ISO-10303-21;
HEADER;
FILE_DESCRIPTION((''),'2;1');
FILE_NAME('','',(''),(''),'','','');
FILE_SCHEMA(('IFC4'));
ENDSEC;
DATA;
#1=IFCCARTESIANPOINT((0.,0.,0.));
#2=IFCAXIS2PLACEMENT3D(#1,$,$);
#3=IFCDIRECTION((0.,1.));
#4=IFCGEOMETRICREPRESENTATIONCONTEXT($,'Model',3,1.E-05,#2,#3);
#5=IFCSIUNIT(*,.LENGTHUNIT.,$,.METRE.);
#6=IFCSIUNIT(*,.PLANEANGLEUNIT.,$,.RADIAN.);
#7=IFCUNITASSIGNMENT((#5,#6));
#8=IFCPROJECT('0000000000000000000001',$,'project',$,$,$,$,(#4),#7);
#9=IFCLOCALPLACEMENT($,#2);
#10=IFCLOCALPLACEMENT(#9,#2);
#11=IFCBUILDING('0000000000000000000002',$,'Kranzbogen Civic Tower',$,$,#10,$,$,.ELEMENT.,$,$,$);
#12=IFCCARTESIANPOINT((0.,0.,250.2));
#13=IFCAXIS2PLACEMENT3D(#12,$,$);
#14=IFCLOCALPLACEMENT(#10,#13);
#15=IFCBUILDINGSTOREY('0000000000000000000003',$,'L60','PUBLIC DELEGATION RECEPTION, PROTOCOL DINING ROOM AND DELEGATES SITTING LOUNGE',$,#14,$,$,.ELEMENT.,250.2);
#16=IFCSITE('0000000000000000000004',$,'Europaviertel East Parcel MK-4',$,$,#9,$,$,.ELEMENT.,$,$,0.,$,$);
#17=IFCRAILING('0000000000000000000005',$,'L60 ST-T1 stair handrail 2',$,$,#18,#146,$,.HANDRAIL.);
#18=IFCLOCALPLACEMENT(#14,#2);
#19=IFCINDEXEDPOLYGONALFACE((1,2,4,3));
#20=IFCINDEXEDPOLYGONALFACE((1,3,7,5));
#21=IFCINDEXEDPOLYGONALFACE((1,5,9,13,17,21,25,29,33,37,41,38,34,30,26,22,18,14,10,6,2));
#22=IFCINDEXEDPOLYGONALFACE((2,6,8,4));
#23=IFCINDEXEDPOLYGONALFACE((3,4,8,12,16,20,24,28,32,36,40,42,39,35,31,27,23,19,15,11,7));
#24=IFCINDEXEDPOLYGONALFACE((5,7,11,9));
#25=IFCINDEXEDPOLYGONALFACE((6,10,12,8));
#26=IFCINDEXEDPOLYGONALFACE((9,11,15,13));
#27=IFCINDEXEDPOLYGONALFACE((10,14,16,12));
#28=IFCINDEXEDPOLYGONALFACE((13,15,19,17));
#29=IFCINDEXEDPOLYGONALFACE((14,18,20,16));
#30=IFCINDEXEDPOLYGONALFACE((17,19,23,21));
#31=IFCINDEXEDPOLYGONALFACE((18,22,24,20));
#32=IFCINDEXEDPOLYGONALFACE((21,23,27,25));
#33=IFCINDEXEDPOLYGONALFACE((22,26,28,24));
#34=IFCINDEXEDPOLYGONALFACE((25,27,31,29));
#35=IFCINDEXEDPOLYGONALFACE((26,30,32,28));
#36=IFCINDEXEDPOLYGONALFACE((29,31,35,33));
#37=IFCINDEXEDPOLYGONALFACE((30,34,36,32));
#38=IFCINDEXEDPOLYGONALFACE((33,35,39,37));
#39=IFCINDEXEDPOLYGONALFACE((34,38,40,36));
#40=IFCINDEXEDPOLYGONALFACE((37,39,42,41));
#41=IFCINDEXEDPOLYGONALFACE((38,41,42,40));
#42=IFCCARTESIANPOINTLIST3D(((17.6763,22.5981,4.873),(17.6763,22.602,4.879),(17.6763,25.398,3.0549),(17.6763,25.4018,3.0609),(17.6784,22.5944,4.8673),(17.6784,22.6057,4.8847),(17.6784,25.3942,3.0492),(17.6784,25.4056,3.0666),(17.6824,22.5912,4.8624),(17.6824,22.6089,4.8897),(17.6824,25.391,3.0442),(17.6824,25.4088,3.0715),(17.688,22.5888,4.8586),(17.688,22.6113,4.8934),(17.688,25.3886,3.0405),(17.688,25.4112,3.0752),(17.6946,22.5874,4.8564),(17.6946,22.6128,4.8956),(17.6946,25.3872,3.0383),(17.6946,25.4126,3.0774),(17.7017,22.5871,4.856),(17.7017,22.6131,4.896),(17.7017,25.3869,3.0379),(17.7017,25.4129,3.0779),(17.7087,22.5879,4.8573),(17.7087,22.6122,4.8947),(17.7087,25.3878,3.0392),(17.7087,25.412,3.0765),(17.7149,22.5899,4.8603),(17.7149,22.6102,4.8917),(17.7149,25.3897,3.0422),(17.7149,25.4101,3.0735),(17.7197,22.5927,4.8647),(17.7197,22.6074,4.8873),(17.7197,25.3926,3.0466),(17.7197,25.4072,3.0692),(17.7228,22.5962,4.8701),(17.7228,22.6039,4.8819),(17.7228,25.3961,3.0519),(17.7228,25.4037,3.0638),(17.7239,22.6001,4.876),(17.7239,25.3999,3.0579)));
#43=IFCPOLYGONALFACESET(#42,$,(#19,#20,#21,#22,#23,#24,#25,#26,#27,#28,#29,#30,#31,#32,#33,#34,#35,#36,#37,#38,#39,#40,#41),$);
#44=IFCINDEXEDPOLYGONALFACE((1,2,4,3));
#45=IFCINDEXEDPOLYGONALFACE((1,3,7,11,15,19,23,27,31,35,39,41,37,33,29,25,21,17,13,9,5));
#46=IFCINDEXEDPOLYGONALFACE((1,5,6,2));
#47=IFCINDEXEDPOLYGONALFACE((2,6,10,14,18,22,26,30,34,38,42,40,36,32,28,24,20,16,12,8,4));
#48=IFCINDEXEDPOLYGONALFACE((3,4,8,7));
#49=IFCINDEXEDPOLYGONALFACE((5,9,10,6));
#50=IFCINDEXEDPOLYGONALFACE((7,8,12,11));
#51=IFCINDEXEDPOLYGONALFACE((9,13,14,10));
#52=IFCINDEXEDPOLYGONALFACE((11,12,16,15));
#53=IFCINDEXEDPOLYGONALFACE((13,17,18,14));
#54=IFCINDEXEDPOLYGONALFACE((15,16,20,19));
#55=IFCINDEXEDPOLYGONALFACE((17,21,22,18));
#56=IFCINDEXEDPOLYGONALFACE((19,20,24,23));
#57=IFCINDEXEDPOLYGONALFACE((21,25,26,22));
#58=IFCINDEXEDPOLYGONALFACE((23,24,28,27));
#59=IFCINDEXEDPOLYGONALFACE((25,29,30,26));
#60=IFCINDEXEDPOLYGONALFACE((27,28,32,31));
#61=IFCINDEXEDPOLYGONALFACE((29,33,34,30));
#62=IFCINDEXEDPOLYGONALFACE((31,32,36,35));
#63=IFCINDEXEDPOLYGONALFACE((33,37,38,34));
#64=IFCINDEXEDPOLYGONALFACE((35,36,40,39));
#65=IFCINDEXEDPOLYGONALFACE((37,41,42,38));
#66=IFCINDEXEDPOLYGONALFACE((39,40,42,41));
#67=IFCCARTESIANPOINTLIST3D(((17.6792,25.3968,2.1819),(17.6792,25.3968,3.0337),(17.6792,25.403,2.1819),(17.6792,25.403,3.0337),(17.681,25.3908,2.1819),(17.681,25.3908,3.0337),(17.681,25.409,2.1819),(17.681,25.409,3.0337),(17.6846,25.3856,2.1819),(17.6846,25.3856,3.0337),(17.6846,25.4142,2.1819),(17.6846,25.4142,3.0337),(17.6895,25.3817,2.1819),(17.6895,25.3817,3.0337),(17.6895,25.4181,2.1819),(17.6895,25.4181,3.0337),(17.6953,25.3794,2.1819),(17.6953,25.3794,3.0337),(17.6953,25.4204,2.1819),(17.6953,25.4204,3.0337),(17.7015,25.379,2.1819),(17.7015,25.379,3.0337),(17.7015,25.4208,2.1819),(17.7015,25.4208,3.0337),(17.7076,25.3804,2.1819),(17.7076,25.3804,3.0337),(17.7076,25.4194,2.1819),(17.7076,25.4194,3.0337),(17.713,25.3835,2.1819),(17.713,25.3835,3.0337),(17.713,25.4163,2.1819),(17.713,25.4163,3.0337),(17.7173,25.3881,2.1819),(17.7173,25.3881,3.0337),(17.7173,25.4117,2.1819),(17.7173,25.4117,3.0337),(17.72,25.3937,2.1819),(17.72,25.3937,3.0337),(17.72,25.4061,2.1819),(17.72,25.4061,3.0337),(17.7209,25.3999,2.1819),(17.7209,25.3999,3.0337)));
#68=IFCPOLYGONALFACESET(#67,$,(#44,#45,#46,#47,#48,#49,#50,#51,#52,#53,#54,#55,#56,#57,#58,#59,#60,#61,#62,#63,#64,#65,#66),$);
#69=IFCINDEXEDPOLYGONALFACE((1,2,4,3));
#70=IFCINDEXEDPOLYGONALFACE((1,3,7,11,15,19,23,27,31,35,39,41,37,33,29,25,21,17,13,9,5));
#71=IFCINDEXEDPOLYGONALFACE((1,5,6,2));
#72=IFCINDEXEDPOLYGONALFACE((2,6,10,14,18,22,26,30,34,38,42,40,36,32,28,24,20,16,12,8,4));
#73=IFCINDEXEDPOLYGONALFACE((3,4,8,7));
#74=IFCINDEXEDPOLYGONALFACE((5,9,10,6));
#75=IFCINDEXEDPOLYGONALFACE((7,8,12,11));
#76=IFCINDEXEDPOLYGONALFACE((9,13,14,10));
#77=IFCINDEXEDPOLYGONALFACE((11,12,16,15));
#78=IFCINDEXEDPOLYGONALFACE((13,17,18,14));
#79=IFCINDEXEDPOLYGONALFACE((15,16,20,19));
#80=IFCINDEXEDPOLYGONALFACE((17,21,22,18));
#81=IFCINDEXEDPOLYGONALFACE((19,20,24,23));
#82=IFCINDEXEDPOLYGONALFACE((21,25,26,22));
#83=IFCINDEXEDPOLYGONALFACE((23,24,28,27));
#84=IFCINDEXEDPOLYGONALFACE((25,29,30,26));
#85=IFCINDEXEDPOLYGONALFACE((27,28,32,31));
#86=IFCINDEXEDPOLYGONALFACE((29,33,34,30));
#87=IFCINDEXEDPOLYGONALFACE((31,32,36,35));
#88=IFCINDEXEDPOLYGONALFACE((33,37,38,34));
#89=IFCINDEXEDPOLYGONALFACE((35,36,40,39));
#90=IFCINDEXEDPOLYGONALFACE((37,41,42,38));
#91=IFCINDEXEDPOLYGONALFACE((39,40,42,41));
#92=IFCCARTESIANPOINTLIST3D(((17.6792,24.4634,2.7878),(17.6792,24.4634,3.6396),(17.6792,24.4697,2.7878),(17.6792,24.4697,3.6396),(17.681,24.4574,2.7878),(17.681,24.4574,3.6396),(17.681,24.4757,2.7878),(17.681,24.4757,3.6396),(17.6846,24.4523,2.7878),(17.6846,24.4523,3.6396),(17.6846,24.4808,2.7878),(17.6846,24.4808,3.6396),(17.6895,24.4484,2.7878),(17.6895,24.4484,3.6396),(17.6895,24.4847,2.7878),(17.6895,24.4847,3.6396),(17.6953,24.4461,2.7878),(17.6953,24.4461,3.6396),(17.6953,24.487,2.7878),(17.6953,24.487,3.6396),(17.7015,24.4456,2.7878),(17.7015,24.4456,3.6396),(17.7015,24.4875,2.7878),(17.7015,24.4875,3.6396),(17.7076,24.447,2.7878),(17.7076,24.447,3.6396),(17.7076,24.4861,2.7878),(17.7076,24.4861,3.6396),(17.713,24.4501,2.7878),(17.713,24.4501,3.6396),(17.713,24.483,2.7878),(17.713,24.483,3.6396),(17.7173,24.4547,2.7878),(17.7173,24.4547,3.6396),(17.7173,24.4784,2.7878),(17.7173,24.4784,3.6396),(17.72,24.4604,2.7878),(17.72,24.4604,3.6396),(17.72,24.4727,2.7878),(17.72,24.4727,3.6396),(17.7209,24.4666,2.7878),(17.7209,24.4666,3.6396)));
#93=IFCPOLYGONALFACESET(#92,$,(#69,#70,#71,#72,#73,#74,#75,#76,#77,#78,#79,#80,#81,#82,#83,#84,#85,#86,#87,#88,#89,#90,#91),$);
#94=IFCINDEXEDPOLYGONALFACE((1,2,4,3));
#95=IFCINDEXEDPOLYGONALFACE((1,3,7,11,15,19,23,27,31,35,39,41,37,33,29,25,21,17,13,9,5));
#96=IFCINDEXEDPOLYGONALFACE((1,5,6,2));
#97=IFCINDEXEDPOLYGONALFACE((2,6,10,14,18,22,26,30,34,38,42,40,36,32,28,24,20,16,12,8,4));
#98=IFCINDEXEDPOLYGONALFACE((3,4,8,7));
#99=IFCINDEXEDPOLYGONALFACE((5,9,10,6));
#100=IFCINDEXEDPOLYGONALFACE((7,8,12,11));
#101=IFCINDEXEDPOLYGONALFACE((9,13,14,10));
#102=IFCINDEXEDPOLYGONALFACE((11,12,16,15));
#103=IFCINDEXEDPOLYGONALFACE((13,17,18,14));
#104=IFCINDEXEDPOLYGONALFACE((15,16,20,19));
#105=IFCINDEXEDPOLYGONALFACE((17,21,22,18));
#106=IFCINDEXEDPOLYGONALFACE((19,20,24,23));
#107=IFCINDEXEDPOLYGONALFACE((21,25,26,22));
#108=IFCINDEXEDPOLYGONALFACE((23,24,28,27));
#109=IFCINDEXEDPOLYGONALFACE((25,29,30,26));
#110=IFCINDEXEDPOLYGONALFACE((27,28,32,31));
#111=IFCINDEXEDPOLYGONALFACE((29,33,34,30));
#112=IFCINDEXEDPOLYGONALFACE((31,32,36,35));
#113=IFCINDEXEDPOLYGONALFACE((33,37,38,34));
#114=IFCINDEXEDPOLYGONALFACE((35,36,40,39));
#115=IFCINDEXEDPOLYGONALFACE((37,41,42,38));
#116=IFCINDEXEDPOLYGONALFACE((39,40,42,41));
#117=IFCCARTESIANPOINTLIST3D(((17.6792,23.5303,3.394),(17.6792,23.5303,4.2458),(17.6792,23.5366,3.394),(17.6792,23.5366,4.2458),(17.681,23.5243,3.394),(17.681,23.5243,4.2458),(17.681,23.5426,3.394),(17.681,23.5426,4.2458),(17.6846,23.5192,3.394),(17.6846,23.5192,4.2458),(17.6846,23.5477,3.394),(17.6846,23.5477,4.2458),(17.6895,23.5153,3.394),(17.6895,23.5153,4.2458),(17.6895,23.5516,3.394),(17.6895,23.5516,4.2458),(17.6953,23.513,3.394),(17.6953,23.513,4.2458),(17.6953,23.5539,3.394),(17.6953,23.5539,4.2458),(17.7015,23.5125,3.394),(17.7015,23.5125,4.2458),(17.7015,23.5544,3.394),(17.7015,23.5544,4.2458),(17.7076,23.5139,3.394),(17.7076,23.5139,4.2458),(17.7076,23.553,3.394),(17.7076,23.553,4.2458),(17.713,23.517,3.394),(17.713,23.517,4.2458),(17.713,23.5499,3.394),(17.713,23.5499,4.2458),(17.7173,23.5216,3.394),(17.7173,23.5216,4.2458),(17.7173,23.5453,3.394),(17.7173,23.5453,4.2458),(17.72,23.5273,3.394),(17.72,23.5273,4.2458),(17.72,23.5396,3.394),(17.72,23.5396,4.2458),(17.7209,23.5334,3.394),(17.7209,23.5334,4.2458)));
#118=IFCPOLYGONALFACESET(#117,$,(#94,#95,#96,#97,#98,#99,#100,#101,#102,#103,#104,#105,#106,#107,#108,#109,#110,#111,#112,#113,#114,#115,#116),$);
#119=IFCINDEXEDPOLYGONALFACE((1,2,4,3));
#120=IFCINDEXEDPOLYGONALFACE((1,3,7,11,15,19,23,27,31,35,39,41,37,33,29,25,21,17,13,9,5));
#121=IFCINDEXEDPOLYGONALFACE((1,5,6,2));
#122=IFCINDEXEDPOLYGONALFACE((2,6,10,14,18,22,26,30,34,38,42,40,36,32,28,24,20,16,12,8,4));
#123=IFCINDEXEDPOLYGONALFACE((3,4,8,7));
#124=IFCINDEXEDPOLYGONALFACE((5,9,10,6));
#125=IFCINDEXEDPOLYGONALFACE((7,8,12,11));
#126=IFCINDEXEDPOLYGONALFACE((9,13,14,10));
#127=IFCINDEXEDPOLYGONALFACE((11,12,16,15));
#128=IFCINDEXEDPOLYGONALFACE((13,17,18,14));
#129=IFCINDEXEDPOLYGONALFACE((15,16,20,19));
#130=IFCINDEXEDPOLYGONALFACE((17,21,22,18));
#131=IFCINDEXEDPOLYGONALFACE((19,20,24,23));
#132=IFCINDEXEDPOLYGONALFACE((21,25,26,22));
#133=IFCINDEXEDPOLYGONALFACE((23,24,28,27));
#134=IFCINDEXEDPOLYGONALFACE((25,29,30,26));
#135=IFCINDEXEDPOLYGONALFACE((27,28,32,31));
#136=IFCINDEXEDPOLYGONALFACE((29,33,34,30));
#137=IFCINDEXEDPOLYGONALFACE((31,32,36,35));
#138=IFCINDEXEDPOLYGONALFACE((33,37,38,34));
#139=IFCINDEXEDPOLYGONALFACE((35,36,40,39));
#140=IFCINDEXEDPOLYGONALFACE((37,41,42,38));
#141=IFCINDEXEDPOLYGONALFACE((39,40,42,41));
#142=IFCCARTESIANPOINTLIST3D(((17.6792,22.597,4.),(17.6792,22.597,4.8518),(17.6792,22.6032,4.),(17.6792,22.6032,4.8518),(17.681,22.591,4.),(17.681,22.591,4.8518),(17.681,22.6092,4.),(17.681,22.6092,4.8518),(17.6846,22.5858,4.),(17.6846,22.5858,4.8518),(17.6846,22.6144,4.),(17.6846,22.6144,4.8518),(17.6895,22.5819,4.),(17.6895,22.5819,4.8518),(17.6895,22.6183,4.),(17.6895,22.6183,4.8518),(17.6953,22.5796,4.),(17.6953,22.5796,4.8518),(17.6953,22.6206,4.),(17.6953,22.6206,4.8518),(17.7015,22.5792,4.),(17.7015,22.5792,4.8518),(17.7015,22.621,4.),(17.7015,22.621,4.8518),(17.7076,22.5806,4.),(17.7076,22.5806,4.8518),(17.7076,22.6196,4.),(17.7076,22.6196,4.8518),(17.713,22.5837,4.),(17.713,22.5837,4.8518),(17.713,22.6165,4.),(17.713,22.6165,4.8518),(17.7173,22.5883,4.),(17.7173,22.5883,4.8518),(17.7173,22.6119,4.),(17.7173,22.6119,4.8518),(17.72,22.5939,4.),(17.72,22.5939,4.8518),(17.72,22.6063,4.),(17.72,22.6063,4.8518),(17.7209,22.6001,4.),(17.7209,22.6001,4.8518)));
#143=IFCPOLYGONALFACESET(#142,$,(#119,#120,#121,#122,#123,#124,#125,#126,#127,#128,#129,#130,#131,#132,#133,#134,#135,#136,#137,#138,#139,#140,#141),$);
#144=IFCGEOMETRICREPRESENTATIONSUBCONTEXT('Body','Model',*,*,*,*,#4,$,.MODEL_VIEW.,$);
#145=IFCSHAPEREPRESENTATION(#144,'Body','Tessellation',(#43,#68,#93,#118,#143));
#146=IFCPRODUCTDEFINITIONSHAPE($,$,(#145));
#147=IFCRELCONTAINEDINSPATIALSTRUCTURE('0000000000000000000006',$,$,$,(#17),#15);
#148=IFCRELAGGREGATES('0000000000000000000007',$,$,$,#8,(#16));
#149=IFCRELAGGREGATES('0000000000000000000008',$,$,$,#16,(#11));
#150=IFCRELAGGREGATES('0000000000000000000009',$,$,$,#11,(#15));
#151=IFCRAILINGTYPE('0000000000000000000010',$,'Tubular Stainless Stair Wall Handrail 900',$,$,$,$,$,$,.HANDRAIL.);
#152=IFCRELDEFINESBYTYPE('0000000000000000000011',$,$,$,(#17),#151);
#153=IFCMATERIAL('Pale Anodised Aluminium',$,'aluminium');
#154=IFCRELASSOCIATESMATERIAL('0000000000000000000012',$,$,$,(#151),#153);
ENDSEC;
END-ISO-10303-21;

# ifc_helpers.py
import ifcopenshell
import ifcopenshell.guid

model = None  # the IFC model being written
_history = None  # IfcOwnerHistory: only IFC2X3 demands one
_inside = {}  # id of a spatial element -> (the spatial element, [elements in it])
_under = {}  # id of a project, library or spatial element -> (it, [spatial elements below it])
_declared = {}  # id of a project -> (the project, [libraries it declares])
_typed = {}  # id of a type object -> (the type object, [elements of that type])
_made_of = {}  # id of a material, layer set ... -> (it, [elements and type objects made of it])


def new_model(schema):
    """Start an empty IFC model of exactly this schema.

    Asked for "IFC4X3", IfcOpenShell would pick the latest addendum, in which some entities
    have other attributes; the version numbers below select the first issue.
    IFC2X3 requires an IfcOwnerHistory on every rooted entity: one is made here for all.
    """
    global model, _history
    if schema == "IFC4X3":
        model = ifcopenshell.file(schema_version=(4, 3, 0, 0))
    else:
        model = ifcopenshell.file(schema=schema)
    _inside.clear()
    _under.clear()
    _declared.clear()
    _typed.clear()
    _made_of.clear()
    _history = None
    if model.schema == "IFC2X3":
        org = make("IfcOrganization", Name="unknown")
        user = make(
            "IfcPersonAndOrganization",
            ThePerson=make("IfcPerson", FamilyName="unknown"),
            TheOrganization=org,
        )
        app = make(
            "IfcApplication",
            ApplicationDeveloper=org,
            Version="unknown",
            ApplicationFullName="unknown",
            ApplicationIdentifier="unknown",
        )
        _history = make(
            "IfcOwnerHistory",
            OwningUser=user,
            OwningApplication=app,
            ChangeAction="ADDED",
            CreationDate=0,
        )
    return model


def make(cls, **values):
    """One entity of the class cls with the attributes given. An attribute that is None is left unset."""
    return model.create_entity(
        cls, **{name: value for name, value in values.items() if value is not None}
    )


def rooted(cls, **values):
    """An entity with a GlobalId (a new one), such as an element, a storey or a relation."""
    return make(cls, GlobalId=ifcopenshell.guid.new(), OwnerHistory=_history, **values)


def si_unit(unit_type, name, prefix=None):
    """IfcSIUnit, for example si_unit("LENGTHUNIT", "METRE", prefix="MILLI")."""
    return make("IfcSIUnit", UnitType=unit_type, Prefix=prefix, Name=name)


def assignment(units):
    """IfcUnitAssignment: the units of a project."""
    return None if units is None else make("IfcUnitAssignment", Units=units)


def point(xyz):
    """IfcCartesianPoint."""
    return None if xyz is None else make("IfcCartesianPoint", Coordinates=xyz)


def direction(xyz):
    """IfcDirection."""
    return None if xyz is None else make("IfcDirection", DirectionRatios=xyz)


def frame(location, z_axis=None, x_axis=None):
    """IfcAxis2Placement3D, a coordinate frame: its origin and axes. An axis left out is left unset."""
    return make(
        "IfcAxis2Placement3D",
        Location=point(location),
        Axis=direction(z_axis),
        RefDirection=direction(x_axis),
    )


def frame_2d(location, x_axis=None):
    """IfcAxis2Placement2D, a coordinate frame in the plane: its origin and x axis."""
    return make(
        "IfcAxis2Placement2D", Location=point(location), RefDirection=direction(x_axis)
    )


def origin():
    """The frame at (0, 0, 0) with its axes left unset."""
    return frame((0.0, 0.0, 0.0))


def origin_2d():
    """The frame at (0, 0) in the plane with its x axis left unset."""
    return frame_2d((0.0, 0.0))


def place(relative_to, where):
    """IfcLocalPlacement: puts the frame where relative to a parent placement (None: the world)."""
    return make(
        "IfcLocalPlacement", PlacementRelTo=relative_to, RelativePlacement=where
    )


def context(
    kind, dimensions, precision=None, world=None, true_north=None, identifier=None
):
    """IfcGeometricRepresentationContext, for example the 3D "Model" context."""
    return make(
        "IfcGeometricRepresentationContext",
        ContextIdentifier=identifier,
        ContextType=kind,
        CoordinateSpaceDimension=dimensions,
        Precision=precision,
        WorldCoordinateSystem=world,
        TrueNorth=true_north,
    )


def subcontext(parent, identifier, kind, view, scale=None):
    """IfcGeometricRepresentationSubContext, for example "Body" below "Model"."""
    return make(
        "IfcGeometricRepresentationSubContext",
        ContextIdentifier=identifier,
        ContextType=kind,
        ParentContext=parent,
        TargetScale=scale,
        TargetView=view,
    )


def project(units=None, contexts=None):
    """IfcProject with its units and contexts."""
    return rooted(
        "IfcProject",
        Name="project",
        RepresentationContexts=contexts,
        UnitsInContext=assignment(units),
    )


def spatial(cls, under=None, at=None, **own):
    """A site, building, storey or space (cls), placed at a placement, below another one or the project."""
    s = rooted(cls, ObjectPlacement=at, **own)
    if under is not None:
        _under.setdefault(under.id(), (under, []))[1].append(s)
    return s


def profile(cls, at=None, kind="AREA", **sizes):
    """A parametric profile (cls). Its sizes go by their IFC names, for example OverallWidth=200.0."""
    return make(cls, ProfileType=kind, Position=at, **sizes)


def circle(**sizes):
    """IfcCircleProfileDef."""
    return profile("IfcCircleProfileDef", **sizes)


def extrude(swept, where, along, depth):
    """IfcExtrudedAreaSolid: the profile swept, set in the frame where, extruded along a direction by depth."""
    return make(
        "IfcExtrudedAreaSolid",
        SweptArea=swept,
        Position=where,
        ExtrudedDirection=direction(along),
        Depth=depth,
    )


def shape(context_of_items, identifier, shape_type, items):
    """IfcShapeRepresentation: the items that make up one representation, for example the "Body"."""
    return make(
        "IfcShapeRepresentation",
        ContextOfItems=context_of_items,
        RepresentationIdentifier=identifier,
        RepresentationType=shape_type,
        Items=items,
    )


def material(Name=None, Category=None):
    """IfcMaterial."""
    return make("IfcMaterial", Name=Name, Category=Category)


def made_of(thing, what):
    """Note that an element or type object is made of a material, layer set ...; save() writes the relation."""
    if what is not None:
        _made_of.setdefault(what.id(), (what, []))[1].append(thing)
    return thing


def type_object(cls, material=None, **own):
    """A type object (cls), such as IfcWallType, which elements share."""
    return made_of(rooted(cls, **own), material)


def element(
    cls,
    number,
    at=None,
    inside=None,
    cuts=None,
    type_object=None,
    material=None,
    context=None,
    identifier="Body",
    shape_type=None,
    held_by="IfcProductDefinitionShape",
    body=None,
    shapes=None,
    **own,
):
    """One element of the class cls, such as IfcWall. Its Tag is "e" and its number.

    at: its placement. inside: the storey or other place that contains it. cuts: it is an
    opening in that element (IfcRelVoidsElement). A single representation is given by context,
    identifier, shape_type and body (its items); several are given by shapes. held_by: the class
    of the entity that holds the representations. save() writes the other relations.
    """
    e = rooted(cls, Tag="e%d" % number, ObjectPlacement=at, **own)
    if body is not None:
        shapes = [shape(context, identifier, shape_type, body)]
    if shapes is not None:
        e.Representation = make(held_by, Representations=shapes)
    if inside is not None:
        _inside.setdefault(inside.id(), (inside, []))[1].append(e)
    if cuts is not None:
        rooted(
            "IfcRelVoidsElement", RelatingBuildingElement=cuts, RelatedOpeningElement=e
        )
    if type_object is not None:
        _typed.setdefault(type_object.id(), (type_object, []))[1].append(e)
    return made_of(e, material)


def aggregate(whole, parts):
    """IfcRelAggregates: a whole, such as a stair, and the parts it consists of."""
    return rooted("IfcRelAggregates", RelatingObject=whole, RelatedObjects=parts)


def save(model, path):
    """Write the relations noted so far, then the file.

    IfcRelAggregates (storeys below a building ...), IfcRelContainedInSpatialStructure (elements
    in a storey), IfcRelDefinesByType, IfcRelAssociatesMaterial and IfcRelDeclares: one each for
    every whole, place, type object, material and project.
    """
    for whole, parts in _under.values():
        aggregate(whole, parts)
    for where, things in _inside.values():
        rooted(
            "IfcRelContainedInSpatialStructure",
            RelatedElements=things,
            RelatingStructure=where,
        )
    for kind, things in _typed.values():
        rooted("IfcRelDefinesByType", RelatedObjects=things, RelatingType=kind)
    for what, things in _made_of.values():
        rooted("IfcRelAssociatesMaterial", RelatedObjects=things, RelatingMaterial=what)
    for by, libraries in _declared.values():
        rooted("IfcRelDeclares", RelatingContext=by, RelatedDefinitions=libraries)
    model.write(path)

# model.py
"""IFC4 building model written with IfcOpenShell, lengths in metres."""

from ifc_helpers import new_model, si_unit, direction, frame, origin, origin_2d, place, context, subcontext, project, spatial, circle, extrude, material, type_object, element, save


model = new_model("IFC4")

# Units and contexts
model_context = context("Model", 3, precision=1e-05, world=origin(), true_north=direction((0.0, 1.0)))
body_context = subcontext(model_context, "Body", "Model", "MODEL_VIEW")
ifc_project = project(units=[si_unit("LENGTHUNIT", "METRE"), si_unit("PLANEANGLEUNIT", "RADIAN")], contexts=[model_context])

# Site, building, storey
site_placement = place(None, origin())
site = spatial("IfcSite", under=ifc_project, at=site_placement, Name="Europaviertel East Parcel MK-4", CompositionType="ELEMENT", RefElevation=0.0)
building_placement = place(site_placement, origin())
building = spatial("IfcBuilding", under=site, at=building_placement, Name="Kranzbogen Civic Tower", CompositionType="ELEMENT")
storey_placement = place(building_placement, frame((0.0, 0.0, 250.2)))
storey = spatial("IfcBuildingStorey", under=building, at=storey_placement, Name="L60", Description="PUBLIC DELEGATION RECEPTION, PROTOCOL DINING ROOM AND DELEGATES SITTING LOUNGE", CompositionType="ELEMENT", Elevation=250.2)

# Shared definitions
ifc_material_1 = material(Name="Pale Anodised Aluminium", Category="aluminium")

# Railing
railing_type_1 = type_object("IfcRailingType", Name="Tubular Stainless Stair Wall Handrail 900", PredefinedType="HANDRAIL", material=ifc_material_1)
railing_1_placement = place(storey_placement, frame((17.7, 25.3999, 2.1819)))
element("IfcRailing", 1, at=railing_1_placement, inside=storey, type_object=railing_type_1, Name="L60 ST-T1 stair handrail 2", PredefinedType="HANDRAIL", context=body_context, shape_type="SweptSolid", body=[
    extrude(circle(Radius=0.0239, at=origin_2d()), frame((0.0, 0.0, 0.876), z_axis=(0.0, -0.838684, 0.544618), x_axis=(1.0, 0.0, 0.0)), (0.0, 0.0, 1.0), 3.3384),
    extrude(circle(Radius=0.021, at=origin_2d()), origin(), (0.0, 0.0, 1.0), 0.8518),
    extrude(circle(Radius=0.021, at=origin_2d()), frame((0.0, -0.9333, 0.606)), (0.0, 0.0, 1.0), 0.8518),
    extrude(circle(Radius=0.021, at=origin_2d()), frame((0.0, -1.8665, 1.2122)), (0.0, 0.0, 1.0), 0.8518),
    extrude(circle(Radius=0.021, at=origin_2d()), frame((0.0, -2.7998, 1.8181)), (0.0, 0.0, 1.0), 0.8518),
])

save(model, "model.ifc")
